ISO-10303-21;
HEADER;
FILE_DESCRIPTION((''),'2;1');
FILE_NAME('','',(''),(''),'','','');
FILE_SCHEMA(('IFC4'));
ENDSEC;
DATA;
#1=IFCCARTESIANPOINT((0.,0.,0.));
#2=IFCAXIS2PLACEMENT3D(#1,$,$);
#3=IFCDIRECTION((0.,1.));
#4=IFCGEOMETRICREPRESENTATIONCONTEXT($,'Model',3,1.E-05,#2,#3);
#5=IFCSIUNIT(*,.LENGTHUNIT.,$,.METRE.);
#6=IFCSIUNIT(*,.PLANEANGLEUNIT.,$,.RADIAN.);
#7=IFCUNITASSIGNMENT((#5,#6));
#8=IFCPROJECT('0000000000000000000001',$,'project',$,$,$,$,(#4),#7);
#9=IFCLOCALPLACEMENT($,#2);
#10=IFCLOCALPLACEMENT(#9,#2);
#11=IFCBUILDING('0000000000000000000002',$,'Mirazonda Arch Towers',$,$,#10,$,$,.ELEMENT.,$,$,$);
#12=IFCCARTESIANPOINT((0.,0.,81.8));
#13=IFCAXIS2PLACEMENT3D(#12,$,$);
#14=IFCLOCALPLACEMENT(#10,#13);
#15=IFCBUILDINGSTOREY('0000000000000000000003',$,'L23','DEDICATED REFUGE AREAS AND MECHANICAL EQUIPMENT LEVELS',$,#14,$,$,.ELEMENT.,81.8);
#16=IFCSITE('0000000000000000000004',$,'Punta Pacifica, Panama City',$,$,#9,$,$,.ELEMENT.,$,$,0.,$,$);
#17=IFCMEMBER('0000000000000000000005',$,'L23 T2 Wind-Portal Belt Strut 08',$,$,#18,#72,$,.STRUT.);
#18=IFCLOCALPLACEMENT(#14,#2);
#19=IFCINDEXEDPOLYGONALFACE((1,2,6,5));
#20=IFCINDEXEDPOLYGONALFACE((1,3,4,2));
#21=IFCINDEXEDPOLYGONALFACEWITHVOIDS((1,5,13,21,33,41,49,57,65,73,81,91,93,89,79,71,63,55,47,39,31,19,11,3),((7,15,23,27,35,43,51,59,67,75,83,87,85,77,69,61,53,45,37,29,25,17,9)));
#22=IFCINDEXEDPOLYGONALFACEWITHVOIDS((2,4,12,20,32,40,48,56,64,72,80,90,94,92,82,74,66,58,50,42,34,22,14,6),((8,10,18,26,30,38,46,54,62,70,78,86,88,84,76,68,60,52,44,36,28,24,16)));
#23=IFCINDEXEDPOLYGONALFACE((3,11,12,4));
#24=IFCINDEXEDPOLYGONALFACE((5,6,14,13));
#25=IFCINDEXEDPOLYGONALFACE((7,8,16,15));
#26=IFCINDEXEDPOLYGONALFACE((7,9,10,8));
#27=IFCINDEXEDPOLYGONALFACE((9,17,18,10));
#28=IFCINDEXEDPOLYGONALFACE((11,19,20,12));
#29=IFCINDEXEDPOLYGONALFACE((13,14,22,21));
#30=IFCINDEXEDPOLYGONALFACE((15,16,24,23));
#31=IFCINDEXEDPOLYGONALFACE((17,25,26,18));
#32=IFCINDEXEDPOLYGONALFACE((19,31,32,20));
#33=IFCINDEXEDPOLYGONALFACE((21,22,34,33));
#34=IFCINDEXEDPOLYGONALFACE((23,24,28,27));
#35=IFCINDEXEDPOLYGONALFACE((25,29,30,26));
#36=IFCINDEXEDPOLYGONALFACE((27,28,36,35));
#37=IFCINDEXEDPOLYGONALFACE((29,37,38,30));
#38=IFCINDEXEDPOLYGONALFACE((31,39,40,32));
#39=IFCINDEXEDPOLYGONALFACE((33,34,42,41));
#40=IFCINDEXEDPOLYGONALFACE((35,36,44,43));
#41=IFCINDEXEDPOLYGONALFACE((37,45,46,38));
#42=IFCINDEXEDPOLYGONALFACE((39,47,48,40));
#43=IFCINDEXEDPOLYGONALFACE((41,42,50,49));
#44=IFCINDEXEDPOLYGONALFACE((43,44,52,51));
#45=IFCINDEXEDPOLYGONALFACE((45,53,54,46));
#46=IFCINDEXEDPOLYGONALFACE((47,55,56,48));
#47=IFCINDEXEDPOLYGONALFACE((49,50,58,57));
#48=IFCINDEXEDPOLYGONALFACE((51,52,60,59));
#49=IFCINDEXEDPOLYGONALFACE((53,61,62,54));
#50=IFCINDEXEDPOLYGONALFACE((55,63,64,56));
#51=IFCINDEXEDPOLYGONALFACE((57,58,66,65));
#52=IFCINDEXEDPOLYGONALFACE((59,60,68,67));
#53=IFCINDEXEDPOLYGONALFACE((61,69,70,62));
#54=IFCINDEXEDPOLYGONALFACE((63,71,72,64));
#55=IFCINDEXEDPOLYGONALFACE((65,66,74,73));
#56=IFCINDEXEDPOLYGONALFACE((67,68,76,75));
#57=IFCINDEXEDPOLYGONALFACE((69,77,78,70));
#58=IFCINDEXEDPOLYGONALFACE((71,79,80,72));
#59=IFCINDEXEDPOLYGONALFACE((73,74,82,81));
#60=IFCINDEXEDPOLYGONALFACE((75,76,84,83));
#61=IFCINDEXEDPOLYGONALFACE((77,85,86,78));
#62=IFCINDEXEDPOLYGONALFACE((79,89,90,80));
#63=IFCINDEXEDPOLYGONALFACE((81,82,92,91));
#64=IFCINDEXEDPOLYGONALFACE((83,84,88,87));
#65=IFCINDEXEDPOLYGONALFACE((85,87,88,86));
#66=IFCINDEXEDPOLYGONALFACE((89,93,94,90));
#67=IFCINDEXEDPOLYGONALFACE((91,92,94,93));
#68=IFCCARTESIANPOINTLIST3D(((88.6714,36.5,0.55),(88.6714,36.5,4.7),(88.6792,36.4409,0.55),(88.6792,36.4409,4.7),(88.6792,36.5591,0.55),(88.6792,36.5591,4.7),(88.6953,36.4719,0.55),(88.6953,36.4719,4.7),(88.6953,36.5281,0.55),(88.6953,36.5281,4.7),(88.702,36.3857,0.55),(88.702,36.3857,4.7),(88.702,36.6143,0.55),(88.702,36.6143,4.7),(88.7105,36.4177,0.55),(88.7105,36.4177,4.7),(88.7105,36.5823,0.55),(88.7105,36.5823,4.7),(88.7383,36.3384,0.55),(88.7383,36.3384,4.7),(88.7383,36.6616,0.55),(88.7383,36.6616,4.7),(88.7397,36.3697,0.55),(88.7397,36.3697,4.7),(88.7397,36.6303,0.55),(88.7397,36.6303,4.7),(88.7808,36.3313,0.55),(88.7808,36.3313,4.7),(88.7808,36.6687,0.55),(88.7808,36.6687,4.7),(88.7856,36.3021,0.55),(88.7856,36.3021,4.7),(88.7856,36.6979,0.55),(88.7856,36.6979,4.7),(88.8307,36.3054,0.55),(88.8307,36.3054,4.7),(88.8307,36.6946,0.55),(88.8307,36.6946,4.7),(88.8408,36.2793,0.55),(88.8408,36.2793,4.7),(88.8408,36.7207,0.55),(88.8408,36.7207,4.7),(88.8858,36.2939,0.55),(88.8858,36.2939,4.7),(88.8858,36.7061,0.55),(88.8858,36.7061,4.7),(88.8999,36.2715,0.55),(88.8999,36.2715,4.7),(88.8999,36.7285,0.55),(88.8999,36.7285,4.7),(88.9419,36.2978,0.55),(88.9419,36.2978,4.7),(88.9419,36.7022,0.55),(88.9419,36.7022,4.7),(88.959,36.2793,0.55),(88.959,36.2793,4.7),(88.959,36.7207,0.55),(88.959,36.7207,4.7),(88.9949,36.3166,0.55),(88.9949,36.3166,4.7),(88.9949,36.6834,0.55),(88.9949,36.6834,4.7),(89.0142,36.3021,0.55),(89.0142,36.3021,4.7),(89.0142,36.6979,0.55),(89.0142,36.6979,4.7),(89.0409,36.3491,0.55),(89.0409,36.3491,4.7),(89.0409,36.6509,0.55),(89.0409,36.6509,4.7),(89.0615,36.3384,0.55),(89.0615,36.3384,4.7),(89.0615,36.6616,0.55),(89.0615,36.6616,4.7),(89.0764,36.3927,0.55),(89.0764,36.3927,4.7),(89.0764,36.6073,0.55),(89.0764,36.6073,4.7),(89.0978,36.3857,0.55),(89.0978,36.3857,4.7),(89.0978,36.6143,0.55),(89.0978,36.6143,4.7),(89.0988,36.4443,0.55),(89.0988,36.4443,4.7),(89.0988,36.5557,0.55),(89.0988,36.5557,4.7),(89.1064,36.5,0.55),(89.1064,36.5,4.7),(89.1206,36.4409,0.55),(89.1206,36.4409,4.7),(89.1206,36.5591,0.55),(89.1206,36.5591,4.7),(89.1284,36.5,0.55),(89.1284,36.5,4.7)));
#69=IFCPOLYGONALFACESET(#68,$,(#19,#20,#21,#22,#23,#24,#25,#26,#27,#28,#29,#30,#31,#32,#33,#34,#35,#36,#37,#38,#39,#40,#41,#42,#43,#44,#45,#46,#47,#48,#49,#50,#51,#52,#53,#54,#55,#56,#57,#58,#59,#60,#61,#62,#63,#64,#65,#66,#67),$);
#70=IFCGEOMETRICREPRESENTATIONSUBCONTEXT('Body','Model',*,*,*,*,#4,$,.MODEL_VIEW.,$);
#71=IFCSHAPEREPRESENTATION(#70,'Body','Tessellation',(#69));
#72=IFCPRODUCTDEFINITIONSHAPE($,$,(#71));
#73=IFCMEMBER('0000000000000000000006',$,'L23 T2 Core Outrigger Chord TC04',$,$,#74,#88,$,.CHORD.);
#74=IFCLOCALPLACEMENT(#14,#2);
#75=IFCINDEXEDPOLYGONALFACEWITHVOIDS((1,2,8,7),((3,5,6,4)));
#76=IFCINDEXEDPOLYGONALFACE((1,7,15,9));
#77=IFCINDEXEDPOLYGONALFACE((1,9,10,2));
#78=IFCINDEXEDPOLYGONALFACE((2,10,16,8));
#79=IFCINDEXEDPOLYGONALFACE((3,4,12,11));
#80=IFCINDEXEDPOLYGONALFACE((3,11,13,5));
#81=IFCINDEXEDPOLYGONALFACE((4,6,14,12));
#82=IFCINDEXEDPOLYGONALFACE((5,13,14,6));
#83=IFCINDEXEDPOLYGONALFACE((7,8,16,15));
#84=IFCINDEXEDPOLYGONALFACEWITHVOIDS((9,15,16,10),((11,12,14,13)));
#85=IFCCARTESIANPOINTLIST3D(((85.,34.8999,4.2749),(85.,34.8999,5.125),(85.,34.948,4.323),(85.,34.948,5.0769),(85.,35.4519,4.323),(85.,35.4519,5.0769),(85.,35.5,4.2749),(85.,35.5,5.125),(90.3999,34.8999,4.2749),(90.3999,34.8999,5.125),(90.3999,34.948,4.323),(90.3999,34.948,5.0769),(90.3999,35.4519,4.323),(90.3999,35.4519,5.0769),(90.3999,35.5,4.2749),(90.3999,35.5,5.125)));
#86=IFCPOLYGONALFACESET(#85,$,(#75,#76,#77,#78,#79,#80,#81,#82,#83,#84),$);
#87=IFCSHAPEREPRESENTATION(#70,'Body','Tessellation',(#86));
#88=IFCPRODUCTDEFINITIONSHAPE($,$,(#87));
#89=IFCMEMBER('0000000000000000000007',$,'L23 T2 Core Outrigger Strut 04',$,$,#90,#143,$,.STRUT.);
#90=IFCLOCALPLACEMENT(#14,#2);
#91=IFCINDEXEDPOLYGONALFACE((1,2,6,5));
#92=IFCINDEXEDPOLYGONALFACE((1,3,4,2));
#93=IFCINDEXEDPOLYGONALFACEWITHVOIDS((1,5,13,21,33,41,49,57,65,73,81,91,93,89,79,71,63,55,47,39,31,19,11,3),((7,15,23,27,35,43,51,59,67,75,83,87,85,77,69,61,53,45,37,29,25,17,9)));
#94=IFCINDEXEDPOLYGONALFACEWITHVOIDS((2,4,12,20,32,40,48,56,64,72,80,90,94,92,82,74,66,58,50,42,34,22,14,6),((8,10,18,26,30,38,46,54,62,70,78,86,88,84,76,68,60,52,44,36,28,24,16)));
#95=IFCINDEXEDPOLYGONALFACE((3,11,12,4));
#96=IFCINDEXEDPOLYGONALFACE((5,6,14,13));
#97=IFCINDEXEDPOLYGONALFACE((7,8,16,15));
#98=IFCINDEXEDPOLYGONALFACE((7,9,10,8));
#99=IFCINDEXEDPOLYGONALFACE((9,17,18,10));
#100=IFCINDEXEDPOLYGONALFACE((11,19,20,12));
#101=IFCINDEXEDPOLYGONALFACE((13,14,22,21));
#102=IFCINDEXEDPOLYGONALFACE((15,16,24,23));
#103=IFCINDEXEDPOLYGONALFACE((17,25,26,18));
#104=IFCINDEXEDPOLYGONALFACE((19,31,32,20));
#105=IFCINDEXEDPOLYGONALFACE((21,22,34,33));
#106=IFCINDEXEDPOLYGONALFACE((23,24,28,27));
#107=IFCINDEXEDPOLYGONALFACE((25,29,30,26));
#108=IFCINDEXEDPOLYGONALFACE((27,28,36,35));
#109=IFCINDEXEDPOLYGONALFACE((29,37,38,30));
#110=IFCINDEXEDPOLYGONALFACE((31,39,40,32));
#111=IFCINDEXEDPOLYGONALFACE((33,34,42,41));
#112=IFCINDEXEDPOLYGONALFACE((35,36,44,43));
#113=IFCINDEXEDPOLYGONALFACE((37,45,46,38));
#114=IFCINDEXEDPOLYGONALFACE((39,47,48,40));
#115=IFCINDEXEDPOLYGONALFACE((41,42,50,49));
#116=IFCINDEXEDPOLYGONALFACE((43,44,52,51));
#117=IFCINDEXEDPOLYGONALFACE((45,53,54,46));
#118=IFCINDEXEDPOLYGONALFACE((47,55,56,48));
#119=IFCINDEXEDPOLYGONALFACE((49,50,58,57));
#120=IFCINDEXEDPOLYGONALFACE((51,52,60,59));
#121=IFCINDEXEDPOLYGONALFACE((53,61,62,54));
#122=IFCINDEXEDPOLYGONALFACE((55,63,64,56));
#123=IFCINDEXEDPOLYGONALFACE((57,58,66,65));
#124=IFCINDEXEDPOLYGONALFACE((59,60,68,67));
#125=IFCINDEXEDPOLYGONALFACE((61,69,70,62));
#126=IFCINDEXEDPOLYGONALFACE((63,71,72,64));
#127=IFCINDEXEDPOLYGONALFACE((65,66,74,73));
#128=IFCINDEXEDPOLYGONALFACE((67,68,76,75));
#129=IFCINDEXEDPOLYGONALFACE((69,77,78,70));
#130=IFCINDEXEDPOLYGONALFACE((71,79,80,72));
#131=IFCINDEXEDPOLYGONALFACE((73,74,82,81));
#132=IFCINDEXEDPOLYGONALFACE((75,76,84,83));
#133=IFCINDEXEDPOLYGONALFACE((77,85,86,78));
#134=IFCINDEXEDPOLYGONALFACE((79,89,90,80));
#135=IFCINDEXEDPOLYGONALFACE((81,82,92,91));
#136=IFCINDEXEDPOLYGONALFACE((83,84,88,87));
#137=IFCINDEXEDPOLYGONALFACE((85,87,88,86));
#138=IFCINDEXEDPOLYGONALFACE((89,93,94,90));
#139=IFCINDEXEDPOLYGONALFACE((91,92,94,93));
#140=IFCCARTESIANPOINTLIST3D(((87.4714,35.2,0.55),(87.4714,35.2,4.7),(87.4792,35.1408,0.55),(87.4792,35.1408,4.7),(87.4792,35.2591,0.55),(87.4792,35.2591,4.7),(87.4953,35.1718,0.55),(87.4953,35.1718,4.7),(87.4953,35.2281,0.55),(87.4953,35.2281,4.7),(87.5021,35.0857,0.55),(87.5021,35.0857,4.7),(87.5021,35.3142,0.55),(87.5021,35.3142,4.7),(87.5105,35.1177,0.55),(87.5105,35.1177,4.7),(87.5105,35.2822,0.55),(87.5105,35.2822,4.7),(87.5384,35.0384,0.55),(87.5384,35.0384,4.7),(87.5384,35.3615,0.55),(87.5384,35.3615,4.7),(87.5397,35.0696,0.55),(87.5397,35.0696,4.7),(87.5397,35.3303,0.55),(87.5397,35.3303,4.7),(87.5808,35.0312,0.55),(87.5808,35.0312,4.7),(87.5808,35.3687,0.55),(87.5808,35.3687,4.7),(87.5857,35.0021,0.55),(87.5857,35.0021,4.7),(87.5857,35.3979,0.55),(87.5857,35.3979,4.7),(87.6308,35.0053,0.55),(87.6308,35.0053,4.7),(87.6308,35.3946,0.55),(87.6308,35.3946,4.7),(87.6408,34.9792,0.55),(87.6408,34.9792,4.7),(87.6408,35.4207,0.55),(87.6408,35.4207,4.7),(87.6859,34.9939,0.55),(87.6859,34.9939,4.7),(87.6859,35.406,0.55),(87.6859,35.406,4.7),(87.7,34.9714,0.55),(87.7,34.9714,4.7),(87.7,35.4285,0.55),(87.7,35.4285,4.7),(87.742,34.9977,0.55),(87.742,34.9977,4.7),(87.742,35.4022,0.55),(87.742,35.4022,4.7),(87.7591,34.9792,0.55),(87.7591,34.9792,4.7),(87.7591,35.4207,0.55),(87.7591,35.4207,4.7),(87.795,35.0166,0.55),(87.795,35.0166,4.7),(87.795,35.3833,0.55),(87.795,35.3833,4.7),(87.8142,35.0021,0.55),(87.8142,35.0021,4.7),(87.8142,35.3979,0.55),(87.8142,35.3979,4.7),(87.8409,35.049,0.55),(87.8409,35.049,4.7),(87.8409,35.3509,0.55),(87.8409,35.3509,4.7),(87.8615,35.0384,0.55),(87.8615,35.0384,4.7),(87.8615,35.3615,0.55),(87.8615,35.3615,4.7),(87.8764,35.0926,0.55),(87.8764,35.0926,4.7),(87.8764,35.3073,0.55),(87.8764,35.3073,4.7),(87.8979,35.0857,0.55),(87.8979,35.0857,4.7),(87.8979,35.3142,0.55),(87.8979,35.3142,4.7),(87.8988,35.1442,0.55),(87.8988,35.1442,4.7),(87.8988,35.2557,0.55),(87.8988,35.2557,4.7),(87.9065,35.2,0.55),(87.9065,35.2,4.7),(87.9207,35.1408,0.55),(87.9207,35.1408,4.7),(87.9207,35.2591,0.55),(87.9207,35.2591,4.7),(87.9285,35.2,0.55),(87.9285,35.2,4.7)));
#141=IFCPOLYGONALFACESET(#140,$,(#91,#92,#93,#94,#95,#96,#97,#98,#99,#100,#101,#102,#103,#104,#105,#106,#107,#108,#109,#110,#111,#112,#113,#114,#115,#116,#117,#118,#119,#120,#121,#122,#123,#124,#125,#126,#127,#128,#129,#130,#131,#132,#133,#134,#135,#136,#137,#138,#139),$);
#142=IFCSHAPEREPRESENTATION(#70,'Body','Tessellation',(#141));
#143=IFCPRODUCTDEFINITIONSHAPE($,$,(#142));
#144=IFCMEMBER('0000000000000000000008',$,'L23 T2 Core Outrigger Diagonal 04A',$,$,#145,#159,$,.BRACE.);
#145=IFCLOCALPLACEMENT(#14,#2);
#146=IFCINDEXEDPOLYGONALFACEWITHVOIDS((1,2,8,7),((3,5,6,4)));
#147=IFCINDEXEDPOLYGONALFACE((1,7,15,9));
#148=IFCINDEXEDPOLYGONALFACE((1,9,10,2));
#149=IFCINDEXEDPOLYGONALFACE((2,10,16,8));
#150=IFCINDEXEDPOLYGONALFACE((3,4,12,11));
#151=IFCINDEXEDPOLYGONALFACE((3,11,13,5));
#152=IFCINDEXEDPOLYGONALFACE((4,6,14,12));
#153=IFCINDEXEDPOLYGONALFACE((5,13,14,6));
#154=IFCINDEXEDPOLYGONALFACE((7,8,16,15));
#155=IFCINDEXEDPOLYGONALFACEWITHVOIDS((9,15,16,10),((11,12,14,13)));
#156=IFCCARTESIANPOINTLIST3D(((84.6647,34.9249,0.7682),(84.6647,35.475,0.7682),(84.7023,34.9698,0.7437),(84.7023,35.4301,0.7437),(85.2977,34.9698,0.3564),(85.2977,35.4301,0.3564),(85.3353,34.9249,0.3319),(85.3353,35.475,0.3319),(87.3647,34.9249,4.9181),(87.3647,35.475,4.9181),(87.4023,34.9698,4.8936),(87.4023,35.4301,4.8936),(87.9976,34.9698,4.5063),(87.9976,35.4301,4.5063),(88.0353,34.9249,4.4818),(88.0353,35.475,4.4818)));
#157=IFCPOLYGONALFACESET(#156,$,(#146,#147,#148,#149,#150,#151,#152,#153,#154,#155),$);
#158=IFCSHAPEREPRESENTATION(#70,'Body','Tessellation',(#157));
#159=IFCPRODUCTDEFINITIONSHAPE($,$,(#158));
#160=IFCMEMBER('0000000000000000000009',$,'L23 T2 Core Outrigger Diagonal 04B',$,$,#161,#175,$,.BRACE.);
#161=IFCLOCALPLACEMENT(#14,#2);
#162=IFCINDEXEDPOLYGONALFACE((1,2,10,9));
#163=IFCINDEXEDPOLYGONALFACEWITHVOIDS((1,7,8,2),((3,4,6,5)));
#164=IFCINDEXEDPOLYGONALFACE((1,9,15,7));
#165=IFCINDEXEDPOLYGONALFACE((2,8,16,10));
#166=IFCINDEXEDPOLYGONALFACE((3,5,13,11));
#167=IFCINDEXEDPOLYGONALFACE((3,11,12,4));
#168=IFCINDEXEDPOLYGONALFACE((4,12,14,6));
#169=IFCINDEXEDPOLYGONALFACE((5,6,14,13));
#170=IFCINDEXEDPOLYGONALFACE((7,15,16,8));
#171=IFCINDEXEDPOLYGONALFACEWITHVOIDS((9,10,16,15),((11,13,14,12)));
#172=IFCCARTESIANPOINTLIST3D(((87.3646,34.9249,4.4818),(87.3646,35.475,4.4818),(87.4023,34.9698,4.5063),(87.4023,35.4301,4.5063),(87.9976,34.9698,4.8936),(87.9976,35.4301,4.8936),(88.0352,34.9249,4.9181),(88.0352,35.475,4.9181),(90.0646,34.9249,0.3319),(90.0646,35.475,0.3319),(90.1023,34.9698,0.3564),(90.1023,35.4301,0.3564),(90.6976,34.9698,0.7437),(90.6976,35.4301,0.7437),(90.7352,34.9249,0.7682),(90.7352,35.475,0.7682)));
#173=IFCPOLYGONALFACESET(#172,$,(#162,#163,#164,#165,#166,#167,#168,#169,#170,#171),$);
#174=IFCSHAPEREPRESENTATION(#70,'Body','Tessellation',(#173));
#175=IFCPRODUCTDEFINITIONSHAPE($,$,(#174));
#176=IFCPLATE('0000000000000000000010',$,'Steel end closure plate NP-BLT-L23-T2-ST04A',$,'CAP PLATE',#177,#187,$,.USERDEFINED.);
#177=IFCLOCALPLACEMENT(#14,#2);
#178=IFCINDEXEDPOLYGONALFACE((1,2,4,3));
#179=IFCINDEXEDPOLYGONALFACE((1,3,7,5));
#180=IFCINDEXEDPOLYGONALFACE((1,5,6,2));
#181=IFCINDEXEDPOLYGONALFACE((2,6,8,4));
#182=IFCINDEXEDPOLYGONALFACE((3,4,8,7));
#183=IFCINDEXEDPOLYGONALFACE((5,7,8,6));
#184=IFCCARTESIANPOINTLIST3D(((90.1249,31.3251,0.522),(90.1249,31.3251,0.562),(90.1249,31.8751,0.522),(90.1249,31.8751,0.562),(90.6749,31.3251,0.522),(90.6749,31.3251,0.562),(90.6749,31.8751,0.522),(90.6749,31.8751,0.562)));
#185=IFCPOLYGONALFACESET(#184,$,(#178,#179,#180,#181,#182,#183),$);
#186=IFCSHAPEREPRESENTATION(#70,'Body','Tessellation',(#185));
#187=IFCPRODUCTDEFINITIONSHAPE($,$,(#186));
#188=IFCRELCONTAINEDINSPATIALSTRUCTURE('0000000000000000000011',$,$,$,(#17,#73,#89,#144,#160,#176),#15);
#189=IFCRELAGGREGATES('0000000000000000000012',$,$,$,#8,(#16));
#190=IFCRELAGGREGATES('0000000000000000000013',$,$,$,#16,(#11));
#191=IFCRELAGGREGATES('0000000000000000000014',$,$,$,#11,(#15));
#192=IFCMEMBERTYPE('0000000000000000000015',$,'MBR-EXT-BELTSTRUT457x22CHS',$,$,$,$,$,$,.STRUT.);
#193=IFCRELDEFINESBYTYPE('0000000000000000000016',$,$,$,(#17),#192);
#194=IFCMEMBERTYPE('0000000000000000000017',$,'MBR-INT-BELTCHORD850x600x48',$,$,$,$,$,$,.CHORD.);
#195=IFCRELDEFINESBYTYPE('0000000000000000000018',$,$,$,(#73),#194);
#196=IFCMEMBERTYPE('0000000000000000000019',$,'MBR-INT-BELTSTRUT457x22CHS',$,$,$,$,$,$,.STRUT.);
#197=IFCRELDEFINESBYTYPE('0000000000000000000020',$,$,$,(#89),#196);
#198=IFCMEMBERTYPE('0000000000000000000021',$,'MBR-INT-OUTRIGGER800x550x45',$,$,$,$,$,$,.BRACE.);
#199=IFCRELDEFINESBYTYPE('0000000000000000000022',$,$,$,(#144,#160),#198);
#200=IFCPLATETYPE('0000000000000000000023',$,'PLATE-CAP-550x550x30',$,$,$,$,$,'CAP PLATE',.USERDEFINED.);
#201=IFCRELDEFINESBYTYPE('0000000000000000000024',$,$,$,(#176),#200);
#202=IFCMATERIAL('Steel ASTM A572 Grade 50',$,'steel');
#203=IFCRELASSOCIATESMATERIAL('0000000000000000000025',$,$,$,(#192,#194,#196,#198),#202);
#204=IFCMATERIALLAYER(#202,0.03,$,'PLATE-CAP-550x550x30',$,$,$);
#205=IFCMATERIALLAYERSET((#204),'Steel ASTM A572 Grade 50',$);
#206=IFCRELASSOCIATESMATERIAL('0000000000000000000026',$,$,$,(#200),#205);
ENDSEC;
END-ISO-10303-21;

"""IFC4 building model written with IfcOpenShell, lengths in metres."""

from ifc_helpers import new_model, si_unit, direction, frame, origin, origin_2d, place, context, subcontext, project, spatial, rectangle, hollow_rectangle, hollow_circle, extrude, material, layer, layer_set, material_profile, profile_set, type_object, element, save


model = new_model("IFC4")

# Units and contexts
model_context = context("Model", 3, precision=1e-05, world=origin(), true_north=direction((0.0, 1.0)))
body_context = subcontext(model_context, "Body", "Model", "MODEL_VIEW")
ifc_project = project(units=[si_unit("LENGTHUNIT", "METRE"), si_unit("PLANEANGLEUNIT", "RADIAN")], contexts=[model_context])

# Site, building, storey
site_placement = place(None, origin())
site = spatial("IfcSite", under=ifc_project, at=site_placement, Name="Punta Pacifica, Panama City", CompositionType="ELEMENT", RefElevation=0.0)
building_placement = place(site_placement, origin())
building = spatial("IfcBuilding", under=site, at=building_placement, Name="Mirazonda Arch Towers", CompositionType="ELEMENT")
storey_placement = place(building_placement, frame((0.0, 0.0, 81.8)))
storey = spatial("IfcBuildingStorey", under=building, at=storey_placement, Name="L23", Description="DEDICATED REFUGE AREAS AND MECHANICAL EQUIPMENT LEVELS", CompositionType="ELEMENT", Elevation=81.8)

# Shared definitions
ifc_material_1 = material(Name="Steel ASTM A572 Grade 50", Category="steel")

# Members
ifc_material_profile_1 = material_profile(ifc_material_1, hollow_circle(Radius=0.2285, WallThickness=0.022, at=origin_2d()), Name="BELTSTRUT457x22CHS")
ifc_profile_set_1 = profile_set([ifc_material_profile_1], Name="Steel ASTM A572 Grade 50")
member_type_1 = type_object("IfcMemberType", Name="MBR-EXT-BELTSTRUT457x22CHS", PredefinedType="STRUT", material=ifc_profile_set_1)
for number, where, z_axis, x_axis, name in (
    (1, (88.8999, 36.5, 0.55), (0.0, 0.0, 1.0), (1.0, 0.0, 0.0), "L23 T2 Wind-Portal Belt Strut 08"),
):
    element("IfcMember", number, at=place(storey_placement, frame(where, z_axis=z_axis, x_axis=x_axis)), inside=storey, type_object=member_type_1, Name=name, PredefinedType="STRUT", context=body_context, shape_type="SweptSolid", body=[
        extrude(hollow_circle(Radius=0.2285, WallThickness=0.022, at=origin_2d()), origin(), (0.0, 0.0, 1.0), 4.1499),
    ])
ifc_material_profile_2 = material_profile(ifc_material_1, hollow_rectangle(XDim=0.6001, YDim=0.8501, WallThickness=0.0481, at=origin_2d()), Name="BELTCHORD850x600x48")
ifc_profile_set_2 = profile_set([ifc_material_profile_2], Name="Steel ASTM A572 Grade 50")
member_type_2 = type_object("IfcMemberType", Name="MBR-INT-BELTCHORD850x600x48", PredefinedType="CHORD", material=ifc_profile_set_2)
member_1_placement = place(storey_placement, frame((85.0, 35.2, 4.7), z_axis=(1.0, 0.0, 0.0), x_axis=(0.0, 1.0, 0.0)))
element("IfcMember", 2, at=member_1_placement, inside=storey, type_object=member_type_2, Name="L23 T2 Core Outrigger Chord TC04", PredefinedType="CHORD", context=body_context, shape_type="SweptSolid", body=[
    extrude(hollow_rectangle(XDim=0.6001, YDim=0.8501, WallThickness=0.0481, at=origin_2d()), origin(), (0.0, 0.0, 1.0), 5.3999),
])
ifc_material_profile_3 = material_profile(ifc_material_1, hollow_circle(Radius=0.2285, WallThickness=0.022, at=origin_2d()), Name="BELTSTRUT457x22CHS")
ifc_profile_set_3 = profile_set([ifc_material_profile_3], Name="Steel ASTM A572 Grade 50")
member_type_3 = type_object("IfcMemberType", Name="MBR-INT-BELTSTRUT457x22CHS", PredefinedType="STRUT", material=ifc_profile_set_3)
member_2_placement = place(storey_placement, frame((87.7, 35.2, 0.55), z_axis=(0.0, 0.0, 1.0), x_axis=(1.0, 0.0, 0.0)))
element("IfcMember", 3, at=member_2_placement, inside=storey, type_object=member_type_3, Name="L23 T2 Core Outrigger Strut 04", PredefinedType="STRUT", context=body_context, shape_type="SweptSolid", body=[
    extrude(hollow_circle(Radius=0.2285, WallThickness=0.022, at=origin_2d()), origin(), (0.0, 0.0, 1.0), 4.1499),
])
ifc_material_profile_4 = material_profile(ifc_material_1, hollow_rectangle(XDim=0.55, YDim=0.8, WallThickness=0.0449, at=origin_2d()), Name="OUTRIGGER800x550x45")
ifc_profile_set_4 = profile_set([ifc_material_profile_4], Name="Steel ASTM A572 Grade 50")
member_type_4 = type_object("IfcMemberType", Name="MBR-INT-OUTRIGGER800x550x45", PredefinedType="BRACE", material=ifc_profile_set_4)
for number, where, z_axis, x_axis, name in (
    (4, (85.0, 35.2, 0.55), (0.545345, 0.0, 0.838211), (0.0, 1.0, 0.0), "L23 T2 Core Outrigger Diagonal 04A"),
    (5, (90.3999, 35.2, 0.55), (-0.545345, 0.0, 0.838211), (0.0, -1.0, 0.0), "L23 T2 Core Outrigger Diagonal 04B"),
):
    element("IfcMember", number, at=place(storey_placement, frame(where, z_axis=z_axis, x_axis=x_axis)), inside=storey, type_object=member_type_4, Name=name, PredefinedType="BRACE", context=body_context, shape_type="SweptSolid", body=[
        extrude(hollow_rectangle(XDim=0.55, YDim=0.8, WallThickness=0.0449, at=origin_2d()), origin(), (0.0, 0.0, 1.0), 4.9509),
    ])

# Plate
ifc_layer_1 = layer(ifc_material_1, 0.03, Name="PLATE-CAP-550x550x30")
ifc_layer_set_1 = layer_set([ifc_layer_1], Name="Steel ASTM A572 Grade 50")
plate_type_1 = type_object("IfcPlateType", Name="PLATE-CAP-550x550x30", ElementType="CAP PLATE", PredefinedType="USERDEFINED", material=ifc_layer_set_1)
for number, where, z_axis, x_axis, name in (
    (6, (90.3999, 31.6001, 0.522), (0.0, 0.0, 1.0), (1.0, 0.0, 0.0), "Steel end closure plate NP-BLT-L23-T2-ST04A"),
):
    element("IfcPlate", number, at=place(storey_placement, frame(where, z_axis=z_axis, x_axis=x_axis)), inside=storey, type_object=plate_type_1, Name=name, ObjectType="CAP PLATE", PredefinedType="USERDEFINED", context=body_context, shape_type="SweptSolid", body=[
        extrude(rectangle(XDim=0.55, YDim=0.55, at=origin_2d()), origin(), (0.0, 0.0, 1.0), 0.04),
    ])

save(model, "model.ifc")
